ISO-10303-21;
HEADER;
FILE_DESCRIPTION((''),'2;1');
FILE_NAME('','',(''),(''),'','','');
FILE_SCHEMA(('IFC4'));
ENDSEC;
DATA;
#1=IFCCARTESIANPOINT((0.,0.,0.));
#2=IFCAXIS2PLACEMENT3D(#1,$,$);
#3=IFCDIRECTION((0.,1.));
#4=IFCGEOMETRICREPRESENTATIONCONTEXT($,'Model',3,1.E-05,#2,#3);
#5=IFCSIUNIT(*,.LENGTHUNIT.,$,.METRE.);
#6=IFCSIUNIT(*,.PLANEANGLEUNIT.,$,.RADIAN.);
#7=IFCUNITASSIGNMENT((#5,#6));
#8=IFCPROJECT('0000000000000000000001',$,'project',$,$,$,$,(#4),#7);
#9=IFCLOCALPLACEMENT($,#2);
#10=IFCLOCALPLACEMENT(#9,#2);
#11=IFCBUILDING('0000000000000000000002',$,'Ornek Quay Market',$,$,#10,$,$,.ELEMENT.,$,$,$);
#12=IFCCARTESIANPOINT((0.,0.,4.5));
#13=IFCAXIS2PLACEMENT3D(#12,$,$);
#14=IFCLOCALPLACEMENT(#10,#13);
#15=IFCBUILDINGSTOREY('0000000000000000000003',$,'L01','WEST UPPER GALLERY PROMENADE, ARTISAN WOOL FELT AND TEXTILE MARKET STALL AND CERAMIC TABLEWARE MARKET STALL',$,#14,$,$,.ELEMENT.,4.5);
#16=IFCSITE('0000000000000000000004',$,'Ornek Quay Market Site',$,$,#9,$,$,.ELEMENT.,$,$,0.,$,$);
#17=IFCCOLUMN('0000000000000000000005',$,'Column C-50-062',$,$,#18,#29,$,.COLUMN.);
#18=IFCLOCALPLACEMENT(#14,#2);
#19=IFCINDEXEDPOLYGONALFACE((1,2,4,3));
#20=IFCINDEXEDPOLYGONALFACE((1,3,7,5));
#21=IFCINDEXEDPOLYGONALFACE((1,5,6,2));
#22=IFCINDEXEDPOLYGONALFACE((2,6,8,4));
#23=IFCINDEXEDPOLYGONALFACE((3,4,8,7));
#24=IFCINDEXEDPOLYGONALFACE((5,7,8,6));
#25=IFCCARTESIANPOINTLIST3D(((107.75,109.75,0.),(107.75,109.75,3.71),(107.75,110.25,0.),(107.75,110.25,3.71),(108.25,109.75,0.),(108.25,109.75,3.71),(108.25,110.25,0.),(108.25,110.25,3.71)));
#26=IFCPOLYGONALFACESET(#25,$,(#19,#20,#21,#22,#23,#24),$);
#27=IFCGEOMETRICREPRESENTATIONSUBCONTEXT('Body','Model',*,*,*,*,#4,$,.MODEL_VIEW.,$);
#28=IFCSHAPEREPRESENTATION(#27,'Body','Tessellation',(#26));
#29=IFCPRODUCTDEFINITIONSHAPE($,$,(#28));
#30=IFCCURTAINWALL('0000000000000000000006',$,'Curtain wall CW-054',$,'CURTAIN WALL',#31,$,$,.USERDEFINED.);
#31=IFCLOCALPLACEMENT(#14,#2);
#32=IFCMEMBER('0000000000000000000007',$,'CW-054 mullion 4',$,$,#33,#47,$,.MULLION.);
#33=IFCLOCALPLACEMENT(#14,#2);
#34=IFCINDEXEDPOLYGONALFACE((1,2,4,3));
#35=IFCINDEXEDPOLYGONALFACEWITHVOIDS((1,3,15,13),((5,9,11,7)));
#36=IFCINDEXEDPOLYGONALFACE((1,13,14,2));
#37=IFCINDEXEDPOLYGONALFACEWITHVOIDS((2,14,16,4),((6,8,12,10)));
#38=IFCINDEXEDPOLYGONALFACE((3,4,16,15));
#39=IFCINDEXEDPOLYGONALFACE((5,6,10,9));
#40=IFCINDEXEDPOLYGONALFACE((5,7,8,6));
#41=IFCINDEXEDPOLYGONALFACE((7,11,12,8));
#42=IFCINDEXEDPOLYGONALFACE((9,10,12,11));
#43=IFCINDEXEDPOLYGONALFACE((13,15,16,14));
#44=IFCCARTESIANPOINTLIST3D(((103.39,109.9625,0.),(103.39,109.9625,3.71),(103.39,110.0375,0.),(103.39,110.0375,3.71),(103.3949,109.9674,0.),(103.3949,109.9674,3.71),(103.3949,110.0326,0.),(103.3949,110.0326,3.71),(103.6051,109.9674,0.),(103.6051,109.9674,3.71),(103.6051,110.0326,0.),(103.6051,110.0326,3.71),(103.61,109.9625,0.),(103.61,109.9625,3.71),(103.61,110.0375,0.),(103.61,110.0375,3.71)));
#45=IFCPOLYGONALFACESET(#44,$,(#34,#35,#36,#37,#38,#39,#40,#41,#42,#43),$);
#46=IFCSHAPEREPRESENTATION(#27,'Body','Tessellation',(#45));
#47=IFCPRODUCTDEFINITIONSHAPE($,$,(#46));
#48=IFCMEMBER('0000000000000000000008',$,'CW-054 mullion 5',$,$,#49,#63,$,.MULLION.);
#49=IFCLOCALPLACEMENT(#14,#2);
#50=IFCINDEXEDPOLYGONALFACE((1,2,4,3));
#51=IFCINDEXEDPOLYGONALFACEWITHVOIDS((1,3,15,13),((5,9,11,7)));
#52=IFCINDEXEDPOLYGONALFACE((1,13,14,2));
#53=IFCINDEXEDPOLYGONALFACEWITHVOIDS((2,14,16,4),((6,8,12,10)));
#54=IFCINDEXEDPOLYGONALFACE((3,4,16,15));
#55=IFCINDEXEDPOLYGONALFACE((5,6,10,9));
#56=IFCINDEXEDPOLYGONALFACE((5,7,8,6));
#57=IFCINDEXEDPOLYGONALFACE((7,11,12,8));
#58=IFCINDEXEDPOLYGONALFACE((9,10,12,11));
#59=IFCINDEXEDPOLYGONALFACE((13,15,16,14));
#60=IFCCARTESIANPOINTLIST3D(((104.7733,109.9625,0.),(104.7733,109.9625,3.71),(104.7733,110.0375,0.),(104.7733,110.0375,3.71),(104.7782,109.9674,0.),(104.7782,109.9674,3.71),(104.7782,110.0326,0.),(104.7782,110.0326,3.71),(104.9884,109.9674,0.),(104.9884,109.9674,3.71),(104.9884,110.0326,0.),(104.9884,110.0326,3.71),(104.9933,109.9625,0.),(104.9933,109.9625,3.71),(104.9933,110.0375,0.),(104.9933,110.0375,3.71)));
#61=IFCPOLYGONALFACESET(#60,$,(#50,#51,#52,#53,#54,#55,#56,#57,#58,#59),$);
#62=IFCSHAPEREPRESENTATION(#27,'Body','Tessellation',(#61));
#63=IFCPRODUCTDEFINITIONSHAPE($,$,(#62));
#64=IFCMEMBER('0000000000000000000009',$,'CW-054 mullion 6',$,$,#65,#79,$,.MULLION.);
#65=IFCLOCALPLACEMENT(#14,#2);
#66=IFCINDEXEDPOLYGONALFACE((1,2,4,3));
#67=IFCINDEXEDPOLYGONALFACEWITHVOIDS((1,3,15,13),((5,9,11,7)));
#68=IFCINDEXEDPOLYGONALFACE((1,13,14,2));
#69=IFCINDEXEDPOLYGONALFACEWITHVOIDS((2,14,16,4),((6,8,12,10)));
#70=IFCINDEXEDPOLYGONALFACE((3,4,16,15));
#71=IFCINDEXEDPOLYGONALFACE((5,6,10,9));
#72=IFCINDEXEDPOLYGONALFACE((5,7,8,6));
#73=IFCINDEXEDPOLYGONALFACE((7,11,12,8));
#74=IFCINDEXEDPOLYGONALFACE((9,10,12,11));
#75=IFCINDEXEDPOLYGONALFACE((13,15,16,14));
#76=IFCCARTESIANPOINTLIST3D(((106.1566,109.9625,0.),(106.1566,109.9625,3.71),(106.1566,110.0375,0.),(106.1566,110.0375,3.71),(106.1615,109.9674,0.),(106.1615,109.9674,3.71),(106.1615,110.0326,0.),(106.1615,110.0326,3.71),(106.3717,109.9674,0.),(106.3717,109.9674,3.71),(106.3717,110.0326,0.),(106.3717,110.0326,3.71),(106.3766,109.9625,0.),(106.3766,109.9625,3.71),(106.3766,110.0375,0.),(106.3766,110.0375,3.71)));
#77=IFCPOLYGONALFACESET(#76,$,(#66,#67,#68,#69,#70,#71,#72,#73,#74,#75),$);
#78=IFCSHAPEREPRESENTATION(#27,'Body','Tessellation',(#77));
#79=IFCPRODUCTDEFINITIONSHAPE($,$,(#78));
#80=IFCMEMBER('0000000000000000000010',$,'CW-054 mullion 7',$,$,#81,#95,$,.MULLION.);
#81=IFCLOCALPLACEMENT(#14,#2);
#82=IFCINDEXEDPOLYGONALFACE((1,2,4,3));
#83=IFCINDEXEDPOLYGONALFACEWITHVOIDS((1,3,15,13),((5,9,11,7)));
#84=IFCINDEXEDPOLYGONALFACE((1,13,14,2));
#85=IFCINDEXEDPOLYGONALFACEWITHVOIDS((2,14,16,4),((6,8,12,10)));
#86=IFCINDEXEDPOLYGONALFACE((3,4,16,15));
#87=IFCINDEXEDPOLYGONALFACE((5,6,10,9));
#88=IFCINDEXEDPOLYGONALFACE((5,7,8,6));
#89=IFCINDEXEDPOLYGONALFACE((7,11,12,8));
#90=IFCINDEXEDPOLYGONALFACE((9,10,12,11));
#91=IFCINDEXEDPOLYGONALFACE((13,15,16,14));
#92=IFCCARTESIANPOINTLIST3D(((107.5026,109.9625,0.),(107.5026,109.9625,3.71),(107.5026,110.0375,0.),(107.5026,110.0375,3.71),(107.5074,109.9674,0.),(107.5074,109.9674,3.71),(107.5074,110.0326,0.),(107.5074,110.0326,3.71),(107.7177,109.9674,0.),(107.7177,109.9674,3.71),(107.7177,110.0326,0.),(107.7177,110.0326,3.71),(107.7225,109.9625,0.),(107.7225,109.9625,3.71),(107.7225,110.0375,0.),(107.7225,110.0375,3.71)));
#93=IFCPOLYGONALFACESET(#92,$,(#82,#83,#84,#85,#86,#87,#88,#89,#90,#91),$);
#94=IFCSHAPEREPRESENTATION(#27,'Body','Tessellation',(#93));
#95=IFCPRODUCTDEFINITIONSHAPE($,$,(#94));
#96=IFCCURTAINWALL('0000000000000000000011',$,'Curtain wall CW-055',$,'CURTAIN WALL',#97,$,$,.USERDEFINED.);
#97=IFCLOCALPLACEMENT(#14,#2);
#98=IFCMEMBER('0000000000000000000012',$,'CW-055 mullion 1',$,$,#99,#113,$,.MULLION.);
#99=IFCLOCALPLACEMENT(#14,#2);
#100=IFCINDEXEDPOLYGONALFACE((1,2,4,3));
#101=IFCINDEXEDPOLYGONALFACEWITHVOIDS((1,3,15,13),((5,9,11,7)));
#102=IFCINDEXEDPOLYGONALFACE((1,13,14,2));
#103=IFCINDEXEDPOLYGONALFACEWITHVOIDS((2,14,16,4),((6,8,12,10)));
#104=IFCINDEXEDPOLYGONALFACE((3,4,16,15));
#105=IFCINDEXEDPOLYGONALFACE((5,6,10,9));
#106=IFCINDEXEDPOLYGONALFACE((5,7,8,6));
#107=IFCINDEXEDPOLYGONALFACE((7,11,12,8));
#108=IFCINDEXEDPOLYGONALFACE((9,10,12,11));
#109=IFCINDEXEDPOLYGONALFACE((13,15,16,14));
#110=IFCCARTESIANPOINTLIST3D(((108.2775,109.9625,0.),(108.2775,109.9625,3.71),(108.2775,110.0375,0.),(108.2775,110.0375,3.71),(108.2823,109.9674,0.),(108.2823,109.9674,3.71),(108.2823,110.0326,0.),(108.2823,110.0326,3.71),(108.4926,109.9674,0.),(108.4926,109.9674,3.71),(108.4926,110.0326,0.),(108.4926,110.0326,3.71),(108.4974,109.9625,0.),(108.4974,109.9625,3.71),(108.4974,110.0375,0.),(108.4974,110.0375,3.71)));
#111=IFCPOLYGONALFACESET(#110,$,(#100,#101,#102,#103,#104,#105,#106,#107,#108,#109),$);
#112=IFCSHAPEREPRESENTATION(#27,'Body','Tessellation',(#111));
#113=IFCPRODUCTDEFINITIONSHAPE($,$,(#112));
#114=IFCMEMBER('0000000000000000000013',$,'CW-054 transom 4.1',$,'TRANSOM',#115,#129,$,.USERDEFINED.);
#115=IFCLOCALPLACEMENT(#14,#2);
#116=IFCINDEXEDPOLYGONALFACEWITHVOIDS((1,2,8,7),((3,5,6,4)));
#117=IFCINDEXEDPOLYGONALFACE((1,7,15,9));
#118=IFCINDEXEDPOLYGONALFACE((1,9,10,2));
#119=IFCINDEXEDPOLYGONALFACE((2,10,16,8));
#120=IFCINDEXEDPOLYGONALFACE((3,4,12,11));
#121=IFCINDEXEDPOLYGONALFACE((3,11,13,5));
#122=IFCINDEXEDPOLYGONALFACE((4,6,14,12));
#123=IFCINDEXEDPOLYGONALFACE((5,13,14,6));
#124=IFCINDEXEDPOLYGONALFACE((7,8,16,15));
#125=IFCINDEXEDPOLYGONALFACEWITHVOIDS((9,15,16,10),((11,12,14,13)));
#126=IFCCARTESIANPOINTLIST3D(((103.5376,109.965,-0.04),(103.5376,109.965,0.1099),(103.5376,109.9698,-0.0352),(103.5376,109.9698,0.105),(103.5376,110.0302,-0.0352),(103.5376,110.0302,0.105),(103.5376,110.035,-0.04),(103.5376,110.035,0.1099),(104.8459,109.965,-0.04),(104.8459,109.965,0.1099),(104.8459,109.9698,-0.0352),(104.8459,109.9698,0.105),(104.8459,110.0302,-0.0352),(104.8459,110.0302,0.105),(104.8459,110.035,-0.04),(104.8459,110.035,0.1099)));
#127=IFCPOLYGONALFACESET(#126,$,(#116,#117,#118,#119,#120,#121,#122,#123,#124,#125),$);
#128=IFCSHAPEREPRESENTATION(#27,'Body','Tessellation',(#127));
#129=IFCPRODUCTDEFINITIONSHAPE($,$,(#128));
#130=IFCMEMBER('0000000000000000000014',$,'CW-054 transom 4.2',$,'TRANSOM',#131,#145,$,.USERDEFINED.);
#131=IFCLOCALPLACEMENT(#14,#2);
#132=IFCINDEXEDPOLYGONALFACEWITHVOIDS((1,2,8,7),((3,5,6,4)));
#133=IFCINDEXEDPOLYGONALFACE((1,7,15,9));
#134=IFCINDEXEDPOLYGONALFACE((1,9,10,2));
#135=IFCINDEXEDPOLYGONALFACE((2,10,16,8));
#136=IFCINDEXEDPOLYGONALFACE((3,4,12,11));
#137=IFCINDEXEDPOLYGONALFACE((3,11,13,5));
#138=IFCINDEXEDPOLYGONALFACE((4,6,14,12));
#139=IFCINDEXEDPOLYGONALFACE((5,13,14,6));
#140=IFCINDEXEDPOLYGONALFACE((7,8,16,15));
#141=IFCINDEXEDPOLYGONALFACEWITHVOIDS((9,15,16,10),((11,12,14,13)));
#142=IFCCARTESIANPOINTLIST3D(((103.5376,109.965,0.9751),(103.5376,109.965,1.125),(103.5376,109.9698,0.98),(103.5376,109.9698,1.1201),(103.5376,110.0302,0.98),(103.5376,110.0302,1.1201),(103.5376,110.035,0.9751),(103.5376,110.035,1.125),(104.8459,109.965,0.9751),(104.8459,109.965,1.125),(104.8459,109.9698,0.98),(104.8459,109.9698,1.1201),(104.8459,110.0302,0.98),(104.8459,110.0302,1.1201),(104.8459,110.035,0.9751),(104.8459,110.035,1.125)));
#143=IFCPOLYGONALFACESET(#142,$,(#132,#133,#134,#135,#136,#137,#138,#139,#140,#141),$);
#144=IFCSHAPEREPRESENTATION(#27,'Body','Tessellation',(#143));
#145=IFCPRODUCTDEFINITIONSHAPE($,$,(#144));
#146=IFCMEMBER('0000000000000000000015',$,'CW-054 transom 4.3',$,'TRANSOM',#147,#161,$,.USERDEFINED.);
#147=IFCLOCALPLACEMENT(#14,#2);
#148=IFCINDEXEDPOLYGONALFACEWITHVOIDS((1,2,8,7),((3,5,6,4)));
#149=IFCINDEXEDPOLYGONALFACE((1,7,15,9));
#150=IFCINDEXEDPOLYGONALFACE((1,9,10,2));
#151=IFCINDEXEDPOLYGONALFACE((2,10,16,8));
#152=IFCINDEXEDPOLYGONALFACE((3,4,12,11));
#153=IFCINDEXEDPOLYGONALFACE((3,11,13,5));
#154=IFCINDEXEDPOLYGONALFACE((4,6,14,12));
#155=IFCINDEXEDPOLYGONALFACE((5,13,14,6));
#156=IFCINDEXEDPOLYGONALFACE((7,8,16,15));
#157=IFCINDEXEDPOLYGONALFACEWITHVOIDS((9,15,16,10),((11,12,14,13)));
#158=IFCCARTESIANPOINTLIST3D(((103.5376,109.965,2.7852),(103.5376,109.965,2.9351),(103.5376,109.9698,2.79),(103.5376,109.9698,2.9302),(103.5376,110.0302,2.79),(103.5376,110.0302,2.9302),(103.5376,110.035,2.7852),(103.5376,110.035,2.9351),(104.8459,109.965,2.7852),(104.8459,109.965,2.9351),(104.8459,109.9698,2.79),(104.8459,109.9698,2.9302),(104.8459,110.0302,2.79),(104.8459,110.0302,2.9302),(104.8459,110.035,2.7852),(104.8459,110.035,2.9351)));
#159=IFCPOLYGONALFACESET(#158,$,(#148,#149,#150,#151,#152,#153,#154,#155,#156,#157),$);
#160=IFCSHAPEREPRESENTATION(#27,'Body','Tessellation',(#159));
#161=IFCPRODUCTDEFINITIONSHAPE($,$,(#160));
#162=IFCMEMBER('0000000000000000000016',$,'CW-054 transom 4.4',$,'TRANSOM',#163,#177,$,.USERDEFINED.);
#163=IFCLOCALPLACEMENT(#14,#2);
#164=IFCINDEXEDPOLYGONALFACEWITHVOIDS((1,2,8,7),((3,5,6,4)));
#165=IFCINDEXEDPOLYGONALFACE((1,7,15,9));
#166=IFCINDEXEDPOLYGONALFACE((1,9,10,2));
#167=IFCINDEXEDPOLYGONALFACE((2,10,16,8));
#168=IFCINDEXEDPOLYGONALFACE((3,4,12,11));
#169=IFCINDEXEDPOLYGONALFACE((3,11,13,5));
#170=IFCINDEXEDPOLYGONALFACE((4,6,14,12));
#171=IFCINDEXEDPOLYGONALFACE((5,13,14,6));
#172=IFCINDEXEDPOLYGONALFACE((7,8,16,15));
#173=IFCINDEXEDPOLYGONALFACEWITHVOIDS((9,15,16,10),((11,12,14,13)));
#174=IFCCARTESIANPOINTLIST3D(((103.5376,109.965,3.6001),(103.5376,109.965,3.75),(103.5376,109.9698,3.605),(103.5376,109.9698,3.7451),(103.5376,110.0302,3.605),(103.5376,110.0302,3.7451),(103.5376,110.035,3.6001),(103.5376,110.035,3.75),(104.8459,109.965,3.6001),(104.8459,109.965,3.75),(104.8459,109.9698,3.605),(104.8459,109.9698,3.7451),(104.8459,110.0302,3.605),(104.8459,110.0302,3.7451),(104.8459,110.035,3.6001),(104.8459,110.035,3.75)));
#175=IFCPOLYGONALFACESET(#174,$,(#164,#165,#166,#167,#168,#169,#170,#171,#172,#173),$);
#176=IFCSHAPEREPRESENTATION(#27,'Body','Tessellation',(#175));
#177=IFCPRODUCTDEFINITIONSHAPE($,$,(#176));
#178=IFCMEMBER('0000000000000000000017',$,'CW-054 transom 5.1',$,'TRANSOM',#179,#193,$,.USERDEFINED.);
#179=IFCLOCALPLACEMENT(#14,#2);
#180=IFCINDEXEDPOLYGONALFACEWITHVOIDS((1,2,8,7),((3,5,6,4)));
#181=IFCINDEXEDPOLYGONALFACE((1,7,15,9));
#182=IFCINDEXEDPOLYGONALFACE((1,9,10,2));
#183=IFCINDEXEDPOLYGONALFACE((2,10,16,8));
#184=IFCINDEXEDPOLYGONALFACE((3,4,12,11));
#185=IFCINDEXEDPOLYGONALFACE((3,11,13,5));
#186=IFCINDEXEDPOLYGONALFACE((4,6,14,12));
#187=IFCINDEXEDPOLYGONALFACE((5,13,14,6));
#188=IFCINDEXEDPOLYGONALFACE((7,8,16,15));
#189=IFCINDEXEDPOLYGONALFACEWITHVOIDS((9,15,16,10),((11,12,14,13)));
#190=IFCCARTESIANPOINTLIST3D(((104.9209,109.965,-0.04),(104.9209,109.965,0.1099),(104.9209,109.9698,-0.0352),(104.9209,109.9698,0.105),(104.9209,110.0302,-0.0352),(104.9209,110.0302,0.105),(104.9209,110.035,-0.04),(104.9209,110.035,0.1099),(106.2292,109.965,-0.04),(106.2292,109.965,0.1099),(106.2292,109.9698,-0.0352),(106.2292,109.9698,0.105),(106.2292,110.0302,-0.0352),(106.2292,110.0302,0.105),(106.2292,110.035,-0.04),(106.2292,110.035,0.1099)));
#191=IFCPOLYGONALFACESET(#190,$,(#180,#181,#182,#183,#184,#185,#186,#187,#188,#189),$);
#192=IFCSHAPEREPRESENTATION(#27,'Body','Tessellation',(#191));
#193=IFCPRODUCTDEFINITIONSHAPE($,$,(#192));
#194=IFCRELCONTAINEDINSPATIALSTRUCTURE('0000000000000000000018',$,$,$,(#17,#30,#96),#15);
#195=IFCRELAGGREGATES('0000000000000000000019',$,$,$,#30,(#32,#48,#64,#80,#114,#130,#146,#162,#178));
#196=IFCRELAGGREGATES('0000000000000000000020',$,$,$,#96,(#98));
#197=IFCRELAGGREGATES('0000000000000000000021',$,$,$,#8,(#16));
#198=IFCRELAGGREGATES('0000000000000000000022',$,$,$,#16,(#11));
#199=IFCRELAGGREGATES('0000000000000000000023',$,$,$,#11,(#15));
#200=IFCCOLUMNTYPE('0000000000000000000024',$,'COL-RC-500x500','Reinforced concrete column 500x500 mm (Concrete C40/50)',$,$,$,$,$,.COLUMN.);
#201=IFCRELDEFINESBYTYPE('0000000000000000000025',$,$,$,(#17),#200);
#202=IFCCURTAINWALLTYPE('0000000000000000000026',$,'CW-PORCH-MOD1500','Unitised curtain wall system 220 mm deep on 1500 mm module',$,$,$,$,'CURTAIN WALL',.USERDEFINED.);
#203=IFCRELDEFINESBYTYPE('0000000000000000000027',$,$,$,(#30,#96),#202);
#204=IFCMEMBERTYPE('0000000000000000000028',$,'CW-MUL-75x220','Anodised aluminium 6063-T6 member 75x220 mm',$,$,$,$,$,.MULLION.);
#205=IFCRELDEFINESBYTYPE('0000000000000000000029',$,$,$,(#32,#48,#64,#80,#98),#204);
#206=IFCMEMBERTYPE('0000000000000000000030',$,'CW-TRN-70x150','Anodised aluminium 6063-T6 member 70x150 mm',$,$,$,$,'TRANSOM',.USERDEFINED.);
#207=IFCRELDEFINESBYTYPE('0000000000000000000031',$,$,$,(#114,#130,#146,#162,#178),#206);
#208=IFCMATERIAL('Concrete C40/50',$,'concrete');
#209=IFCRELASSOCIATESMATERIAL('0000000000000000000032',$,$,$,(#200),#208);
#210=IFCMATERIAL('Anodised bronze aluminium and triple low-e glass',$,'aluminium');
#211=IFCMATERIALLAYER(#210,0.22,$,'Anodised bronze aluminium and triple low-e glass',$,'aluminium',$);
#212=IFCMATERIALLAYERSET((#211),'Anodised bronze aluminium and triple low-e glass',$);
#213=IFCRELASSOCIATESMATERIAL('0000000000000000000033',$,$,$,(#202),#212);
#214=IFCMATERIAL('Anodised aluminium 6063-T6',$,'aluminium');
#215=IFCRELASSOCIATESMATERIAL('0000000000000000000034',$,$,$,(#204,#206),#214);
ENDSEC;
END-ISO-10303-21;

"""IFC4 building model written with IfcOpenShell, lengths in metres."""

from ifc_helpers import new_model, si_unit, direction, frame, origin, origin_2d, place, context, subcontext, project, spatial, rectangle, hollow_rectangle, extrude, material, layer, layer_set, material_profile, profile_set, type_object, element, aggregate, save


model = new_model("IFC4")

# Units and contexts
model_context = context("Model", 3, precision=1e-05, world=origin(), true_north=direction((0.0, 1.0)))
body_context = subcontext(model_context, "Body", "Model", "MODEL_VIEW")
ifc_project = project(units=[si_unit("LENGTHUNIT", "METRE"), si_unit("PLANEANGLEUNIT", "RADIAN")], contexts=[model_context])

# Site, building, storey
site_placement = place(None, origin())
site = spatial("IfcSite", under=ifc_project, at=site_placement, Name="Ornek Quay Market Site", CompositionType="ELEMENT", RefElevation=0.0)
building_placement = place(site_placement, origin())
building = spatial("IfcBuilding", under=site, at=building_placement, Name="Ornek Quay Market", CompositionType="ELEMENT")
storey_placement = place(building_placement, frame((0.0, 0.0, 4.5)))
storey = spatial("IfcBuildingStorey", under=building, at=storey_placement, Name="L01", Description="WEST UPPER GALLERY PROMENADE, ARTISAN WOOL FELT AND TEXTILE MARKET STALL AND CERAMIC TABLEWARE MARKET STALL", CompositionType="ELEMENT", Elevation=4.5)

# Column
ifc_material_1 = material(Name="Concrete C40/50", Category="concrete")
ifc_material_profile_1 = material_profile(ifc_material_1, rectangle(XDim=0.5, YDim=0.5, at=origin_2d()), Name="RC 500x500", Category="concrete")
ifc_profile_set_1 = profile_set([ifc_material_profile_1], Name="Concrete C40/50")
column_type = type_object("IfcColumnType", Name="COL-RC-500x500", Description="Reinforced concrete column 500x500 mm (Concrete C40/50)", PredefinedType="COLUMN", material=ifc_profile_set_1)
column_placement = place(storey_placement, frame((108.0, 110.0, 0.0), z_axis=(0.0, 0.0, 1.0), x_axis=(1.0, 0.0, 0.0)))
element("IfcColumn", 1, at=column_placement, inside=storey, type_object=column_type, Name="Column C-50-062", PredefinedType="COLUMN", context=body_context, shape_type="SweptSolid", body=[
    extrude(rectangle(XDim=0.5, YDim=0.5, at=origin_2d()), origin(), (0.0, 0.0, 1.0), 3.71),
])

# Curtain wall, members
ifc_material_2 = material(Name="Anodised bronze aluminium and triple low-e glass", Category="aluminium")
ifc_layer_1 = layer(ifc_material_2, 0.22, Name="Anodised bronze aluminium and triple low-e glass", Category="aluminium")
ifc_layer_set_1 = layer_set([ifc_layer_1], Name="Anodised bronze aluminium and triple low-e glass")
curtain_wall_type = type_object("IfcCurtainWallType", Name="CW-PORCH-MOD1500", Description="Unitised curtain wall system 220 mm deep on 1500 mm module", ElementType="CURTAIN WALL", PredefinedType="USERDEFINED", material=ifc_layer_set_1)
curtain_wall_1_placement = place(storey_placement, origin())
curtain_wall_1 = element("IfcCurtainWall", 2, at=curtain_wall_1_placement, inside=storey, type_object=curtain_wall_type, Name="Curtain wall CW-054", ObjectType="CURTAIN WALL", PredefinedType="USERDEFINED")
ifc_material_3 = material(Name="Anodised aluminium 6063-T6", Category="aluminium")
ifc_material_profile_2 = material_profile(ifc_material_3, hollow_rectangle(XDim=0.075, YDim=0.22, WallThickness=0.0049, at=origin_2d()), Name="CW-MUL-75x220", Category="aluminium")
ifc_profile_set_2 = profile_set([ifc_material_profile_2], Name="Anodised aluminium 6063-T6")
member_type_1 = type_object("IfcMemberType", Name="CW-MUL-75x220", Description="Anodised aluminium 6063-T6 member 75x220 mm", PredefinedType="MULLION", material=ifc_profile_set_2)
member_1_placement = place(storey_placement, frame((103.5, 110.0, 0.0), z_axis=(0.0, 0.0, 1.0), x_axis=(0.0, 1.0, 0.0)))
member_1 = element("IfcMember", 3, at=member_1_placement, type_object=member_type_1, Name="CW-054 mullion 4", PredefinedType="MULLION", context=body_context, shape_type="SweptSolid", body=[
    extrude(hollow_rectangle(XDim=0.075, YDim=0.22, WallThickness=0.0049, at=origin_2d()), origin(), (0.0, 0.0, 1.0), 3.71),
])
member_2_placement = place(storey_placement, frame((104.8833, 110.0, 0.0), z_axis=(0.0, 0.0, 1.0), x_axis=(0.0, 1.0, 0.0)))
member_2 = element("IfcMember", 4, at=member_2_placement, type_object=member_type_1, Name="CW-054 mullion 5", PredefinedType="MULLION", context=body_context, shape_type="SweptSolid", body=[
    extrude(hollow_rectangle(XDim=0.075, YDim=0.22, WallThickness=0.0049, at=origin_2d()), origin(), (0.0, 0.0, 1.0), 3.71),
])
member_3_placement = place(storey_placement, frame((106.2666, 110.0, 0.0), z_axis=(0.0, 0.0, 1.0), x_axis=(0.0, 1.0, 0.0)))
member_3 = element("IfcMember", 5, at=member_3_placement, type_object=member_type_1, Name="CW-054 mullion 6", PredefinedType="MULLION", context=body_context, shape_type="SweptSolid", body=[
    extrude(hollow_rectangle(XDim=0.075, YDim=0.22, WallThickness=0.0049, at=origin_2d()), origin(), (0.0, 0.0, 1.0), 3.71),
])
member_4_placement = place(storey_placement, frame((107.6125, 110.0, 0.0), z_axis=(0.0, 0.0, 1.0), x_axis=(0.0, 1.0, 0.0)))
member_4 = element("IfcMember", 6, at=member_4_placement, type_object=member_type_1, Name="CW-054 mullion 7", PredefinedType="MULLION", context=body_context, shape_type="SweptSolid", body=[
    extrude(hollow_rectangle(XDim=0.075, YDim=0.22, WallThickness=0.0049, at=origin_2d()), origin(), (0.0, 0.0, 1.0), 3.71),
])

# Curtain wall, member
curtain_wall_2_placement = place(storey_placement, origin())
curtain_wall_2 = element("IfcCurtainWall", 7, at=curtain_wall_2_placement, inside=storey, type_object=curtain_wall_type, Name="Curtain wall CW-055", ObjectType="CURTAIN WALL", PredefinedType="USERDEFINED")
member_5_placement = place(storey_placement, frame((108.3875, 110.0, 0.0), z_axis=(0.0, 0.0, 1.0), x_axis=(0.0, 1.0, 0.0)))
member_5 = element("IfcMember", 8, at=member_5_placement, type_object=member_type_1, Name="CW-055 mullion 1", PredefinedType="MULLION", context=body_context, shape_type="SweptSolid", body=[
    extrude(hollow_rectangle(XDim=0.075, YDim=0.22, WallThickness=0.0049, at=origin_2d()), origin(), (0.0, 0.0, 1.0), 3.71),
])

# Members
ifc_material_profile_3 = material_profile(ifc_material_3, hollow_rectangle(XDim=0.0701, YDim=0.1499, WallThickness=0.0049, at=origin_2d()), Name="CW-TRN-70x150", Category="aluminium")
ifc_profile_set_3 = profile_set([ifc_material_profile_3], Name="Anodised aluminium 6063-T6")
member_type_2 = type_object("IfcMemberType", Name="CW-TRN-70x150", Description="Anodised aluminium 6063-T6 member 70x150 mm", ElementType="TRANSOM", PredefinedType="USERDEFINED", material=ifc_profile_set_3)
member_6_placement = place(storey_placement, frame((103.5376, 110.0, 0.0349), z_axis=(1.0, 0.0, 0.0), x_axis=(0.0, 1.0, 0.0)))
member_6 = element("IfcMember", 9, at=member_6_placement, type_object=member_type_2, Name="CW-054 transom 4.1", ObjectType="TRANSOM", PredefinedType="USERDEFINED", context=body_context, shape_type="SweptSolid", body=[
    extrude(hollow_rectangle(XDim=0.0701, YDim=0.1499, WallThickness=0.0049, at=origin_2d()), origin(), (0.0, 0.0, 1.0), 1.3083),
])
member_7_placement = place(storey_placement, frame((103.5376, 110.0, 1.05), z_axis=(1.0, 0.0, 0.0), x_axis=(0.0, 1.0, 0.0)))
member_7 = element("IfcMember", 10, at=member_7_placement, type_object=member_type_2, Name="CW-054 transom 4.2", ObjectType="TRANSOM", PredefinedType="USERDEFINED", context=body_context, shape_type="SweptSolid", body=[
    extrude(hollow_rectangle(XDim=0.0701, YDim=0.1499, WallThickness=0.0049, at=origin_2d()), origin(), (0.0, 0.0, 1.0), 1.3083),
])
member_8_placement = place(storey_placement, frame((103.5376, 110.0, 2.8601), z_axis=(1.0, 0.0, 0.0), x_axis=(0.0, 1.0, 0.0)))
member_8 = element("IfcMember", 11, at=member_8_placement, type_object=member_type_2, Name="CW-054 transom 4.3", ObjectType="TRANSOM", PredefinedType="USERDEFINED", context=body_context, shape_type="SweptSolid", body=[
    extrude(hollow_rectangle(XDim=0.0701, YDim=0.1499, WallThickness=0.0049, at=origin_2d()), origin(), (0.0, 0.0, 1.0), 1.3083),
])
member_9_placement = place(storey_placement, frame((103.5376, 110.0, 3.675), z_axis=(1.0, 0.0, 0.0), x_axis=(0.0, 1.0, 0.0)))
member_9 = element("IfcMember", 12, at=member_9_placement, type_object=member_type_2, Name="CW-054 transom 4.4", ObjectType="TRANSOM", PredefinedType="USERDEFINED", context=body_context, shape_type="SweptSolid", body=[
    extrude(hollow_rectangle(XDim=0.0701, YDim=0.1499, WallThickness=0.0049, at=origin_2d()), origin(), (0.0, 0.0, 1.0), 1.3083),
])
member_10_placement = place(storey_placement, frame((104.9209, 110.0, 0.0349), z_axis=(1.0, 0.0, 0.0), x_axis=(0.0, 1.0, 0.0)))
member_10 = element("IfcMember", 13, at=member_10_placement, type_object=member_type_2, Name="CW-054 transom 5.1", ObjectType="TRANSOM", PredefinedType="USERDEFINED", context=body_context, shape_type="SweptSolid", body=[
    extrude(hollow_rectangle(XDim=0.0701, YDim=0.1499, WallThickness=0.0049, at=origin_2d()), origin(), (0.0, 0.0, 1.0), 1.3083),
])

aggregate(curtain_wall_1, [member_1, member_2, member_3, member_4, member_6, member_7, member_8, member_9, member_10])
aggregate(curtain_wall_2, [member_5])

save(model, "model.ifc")
